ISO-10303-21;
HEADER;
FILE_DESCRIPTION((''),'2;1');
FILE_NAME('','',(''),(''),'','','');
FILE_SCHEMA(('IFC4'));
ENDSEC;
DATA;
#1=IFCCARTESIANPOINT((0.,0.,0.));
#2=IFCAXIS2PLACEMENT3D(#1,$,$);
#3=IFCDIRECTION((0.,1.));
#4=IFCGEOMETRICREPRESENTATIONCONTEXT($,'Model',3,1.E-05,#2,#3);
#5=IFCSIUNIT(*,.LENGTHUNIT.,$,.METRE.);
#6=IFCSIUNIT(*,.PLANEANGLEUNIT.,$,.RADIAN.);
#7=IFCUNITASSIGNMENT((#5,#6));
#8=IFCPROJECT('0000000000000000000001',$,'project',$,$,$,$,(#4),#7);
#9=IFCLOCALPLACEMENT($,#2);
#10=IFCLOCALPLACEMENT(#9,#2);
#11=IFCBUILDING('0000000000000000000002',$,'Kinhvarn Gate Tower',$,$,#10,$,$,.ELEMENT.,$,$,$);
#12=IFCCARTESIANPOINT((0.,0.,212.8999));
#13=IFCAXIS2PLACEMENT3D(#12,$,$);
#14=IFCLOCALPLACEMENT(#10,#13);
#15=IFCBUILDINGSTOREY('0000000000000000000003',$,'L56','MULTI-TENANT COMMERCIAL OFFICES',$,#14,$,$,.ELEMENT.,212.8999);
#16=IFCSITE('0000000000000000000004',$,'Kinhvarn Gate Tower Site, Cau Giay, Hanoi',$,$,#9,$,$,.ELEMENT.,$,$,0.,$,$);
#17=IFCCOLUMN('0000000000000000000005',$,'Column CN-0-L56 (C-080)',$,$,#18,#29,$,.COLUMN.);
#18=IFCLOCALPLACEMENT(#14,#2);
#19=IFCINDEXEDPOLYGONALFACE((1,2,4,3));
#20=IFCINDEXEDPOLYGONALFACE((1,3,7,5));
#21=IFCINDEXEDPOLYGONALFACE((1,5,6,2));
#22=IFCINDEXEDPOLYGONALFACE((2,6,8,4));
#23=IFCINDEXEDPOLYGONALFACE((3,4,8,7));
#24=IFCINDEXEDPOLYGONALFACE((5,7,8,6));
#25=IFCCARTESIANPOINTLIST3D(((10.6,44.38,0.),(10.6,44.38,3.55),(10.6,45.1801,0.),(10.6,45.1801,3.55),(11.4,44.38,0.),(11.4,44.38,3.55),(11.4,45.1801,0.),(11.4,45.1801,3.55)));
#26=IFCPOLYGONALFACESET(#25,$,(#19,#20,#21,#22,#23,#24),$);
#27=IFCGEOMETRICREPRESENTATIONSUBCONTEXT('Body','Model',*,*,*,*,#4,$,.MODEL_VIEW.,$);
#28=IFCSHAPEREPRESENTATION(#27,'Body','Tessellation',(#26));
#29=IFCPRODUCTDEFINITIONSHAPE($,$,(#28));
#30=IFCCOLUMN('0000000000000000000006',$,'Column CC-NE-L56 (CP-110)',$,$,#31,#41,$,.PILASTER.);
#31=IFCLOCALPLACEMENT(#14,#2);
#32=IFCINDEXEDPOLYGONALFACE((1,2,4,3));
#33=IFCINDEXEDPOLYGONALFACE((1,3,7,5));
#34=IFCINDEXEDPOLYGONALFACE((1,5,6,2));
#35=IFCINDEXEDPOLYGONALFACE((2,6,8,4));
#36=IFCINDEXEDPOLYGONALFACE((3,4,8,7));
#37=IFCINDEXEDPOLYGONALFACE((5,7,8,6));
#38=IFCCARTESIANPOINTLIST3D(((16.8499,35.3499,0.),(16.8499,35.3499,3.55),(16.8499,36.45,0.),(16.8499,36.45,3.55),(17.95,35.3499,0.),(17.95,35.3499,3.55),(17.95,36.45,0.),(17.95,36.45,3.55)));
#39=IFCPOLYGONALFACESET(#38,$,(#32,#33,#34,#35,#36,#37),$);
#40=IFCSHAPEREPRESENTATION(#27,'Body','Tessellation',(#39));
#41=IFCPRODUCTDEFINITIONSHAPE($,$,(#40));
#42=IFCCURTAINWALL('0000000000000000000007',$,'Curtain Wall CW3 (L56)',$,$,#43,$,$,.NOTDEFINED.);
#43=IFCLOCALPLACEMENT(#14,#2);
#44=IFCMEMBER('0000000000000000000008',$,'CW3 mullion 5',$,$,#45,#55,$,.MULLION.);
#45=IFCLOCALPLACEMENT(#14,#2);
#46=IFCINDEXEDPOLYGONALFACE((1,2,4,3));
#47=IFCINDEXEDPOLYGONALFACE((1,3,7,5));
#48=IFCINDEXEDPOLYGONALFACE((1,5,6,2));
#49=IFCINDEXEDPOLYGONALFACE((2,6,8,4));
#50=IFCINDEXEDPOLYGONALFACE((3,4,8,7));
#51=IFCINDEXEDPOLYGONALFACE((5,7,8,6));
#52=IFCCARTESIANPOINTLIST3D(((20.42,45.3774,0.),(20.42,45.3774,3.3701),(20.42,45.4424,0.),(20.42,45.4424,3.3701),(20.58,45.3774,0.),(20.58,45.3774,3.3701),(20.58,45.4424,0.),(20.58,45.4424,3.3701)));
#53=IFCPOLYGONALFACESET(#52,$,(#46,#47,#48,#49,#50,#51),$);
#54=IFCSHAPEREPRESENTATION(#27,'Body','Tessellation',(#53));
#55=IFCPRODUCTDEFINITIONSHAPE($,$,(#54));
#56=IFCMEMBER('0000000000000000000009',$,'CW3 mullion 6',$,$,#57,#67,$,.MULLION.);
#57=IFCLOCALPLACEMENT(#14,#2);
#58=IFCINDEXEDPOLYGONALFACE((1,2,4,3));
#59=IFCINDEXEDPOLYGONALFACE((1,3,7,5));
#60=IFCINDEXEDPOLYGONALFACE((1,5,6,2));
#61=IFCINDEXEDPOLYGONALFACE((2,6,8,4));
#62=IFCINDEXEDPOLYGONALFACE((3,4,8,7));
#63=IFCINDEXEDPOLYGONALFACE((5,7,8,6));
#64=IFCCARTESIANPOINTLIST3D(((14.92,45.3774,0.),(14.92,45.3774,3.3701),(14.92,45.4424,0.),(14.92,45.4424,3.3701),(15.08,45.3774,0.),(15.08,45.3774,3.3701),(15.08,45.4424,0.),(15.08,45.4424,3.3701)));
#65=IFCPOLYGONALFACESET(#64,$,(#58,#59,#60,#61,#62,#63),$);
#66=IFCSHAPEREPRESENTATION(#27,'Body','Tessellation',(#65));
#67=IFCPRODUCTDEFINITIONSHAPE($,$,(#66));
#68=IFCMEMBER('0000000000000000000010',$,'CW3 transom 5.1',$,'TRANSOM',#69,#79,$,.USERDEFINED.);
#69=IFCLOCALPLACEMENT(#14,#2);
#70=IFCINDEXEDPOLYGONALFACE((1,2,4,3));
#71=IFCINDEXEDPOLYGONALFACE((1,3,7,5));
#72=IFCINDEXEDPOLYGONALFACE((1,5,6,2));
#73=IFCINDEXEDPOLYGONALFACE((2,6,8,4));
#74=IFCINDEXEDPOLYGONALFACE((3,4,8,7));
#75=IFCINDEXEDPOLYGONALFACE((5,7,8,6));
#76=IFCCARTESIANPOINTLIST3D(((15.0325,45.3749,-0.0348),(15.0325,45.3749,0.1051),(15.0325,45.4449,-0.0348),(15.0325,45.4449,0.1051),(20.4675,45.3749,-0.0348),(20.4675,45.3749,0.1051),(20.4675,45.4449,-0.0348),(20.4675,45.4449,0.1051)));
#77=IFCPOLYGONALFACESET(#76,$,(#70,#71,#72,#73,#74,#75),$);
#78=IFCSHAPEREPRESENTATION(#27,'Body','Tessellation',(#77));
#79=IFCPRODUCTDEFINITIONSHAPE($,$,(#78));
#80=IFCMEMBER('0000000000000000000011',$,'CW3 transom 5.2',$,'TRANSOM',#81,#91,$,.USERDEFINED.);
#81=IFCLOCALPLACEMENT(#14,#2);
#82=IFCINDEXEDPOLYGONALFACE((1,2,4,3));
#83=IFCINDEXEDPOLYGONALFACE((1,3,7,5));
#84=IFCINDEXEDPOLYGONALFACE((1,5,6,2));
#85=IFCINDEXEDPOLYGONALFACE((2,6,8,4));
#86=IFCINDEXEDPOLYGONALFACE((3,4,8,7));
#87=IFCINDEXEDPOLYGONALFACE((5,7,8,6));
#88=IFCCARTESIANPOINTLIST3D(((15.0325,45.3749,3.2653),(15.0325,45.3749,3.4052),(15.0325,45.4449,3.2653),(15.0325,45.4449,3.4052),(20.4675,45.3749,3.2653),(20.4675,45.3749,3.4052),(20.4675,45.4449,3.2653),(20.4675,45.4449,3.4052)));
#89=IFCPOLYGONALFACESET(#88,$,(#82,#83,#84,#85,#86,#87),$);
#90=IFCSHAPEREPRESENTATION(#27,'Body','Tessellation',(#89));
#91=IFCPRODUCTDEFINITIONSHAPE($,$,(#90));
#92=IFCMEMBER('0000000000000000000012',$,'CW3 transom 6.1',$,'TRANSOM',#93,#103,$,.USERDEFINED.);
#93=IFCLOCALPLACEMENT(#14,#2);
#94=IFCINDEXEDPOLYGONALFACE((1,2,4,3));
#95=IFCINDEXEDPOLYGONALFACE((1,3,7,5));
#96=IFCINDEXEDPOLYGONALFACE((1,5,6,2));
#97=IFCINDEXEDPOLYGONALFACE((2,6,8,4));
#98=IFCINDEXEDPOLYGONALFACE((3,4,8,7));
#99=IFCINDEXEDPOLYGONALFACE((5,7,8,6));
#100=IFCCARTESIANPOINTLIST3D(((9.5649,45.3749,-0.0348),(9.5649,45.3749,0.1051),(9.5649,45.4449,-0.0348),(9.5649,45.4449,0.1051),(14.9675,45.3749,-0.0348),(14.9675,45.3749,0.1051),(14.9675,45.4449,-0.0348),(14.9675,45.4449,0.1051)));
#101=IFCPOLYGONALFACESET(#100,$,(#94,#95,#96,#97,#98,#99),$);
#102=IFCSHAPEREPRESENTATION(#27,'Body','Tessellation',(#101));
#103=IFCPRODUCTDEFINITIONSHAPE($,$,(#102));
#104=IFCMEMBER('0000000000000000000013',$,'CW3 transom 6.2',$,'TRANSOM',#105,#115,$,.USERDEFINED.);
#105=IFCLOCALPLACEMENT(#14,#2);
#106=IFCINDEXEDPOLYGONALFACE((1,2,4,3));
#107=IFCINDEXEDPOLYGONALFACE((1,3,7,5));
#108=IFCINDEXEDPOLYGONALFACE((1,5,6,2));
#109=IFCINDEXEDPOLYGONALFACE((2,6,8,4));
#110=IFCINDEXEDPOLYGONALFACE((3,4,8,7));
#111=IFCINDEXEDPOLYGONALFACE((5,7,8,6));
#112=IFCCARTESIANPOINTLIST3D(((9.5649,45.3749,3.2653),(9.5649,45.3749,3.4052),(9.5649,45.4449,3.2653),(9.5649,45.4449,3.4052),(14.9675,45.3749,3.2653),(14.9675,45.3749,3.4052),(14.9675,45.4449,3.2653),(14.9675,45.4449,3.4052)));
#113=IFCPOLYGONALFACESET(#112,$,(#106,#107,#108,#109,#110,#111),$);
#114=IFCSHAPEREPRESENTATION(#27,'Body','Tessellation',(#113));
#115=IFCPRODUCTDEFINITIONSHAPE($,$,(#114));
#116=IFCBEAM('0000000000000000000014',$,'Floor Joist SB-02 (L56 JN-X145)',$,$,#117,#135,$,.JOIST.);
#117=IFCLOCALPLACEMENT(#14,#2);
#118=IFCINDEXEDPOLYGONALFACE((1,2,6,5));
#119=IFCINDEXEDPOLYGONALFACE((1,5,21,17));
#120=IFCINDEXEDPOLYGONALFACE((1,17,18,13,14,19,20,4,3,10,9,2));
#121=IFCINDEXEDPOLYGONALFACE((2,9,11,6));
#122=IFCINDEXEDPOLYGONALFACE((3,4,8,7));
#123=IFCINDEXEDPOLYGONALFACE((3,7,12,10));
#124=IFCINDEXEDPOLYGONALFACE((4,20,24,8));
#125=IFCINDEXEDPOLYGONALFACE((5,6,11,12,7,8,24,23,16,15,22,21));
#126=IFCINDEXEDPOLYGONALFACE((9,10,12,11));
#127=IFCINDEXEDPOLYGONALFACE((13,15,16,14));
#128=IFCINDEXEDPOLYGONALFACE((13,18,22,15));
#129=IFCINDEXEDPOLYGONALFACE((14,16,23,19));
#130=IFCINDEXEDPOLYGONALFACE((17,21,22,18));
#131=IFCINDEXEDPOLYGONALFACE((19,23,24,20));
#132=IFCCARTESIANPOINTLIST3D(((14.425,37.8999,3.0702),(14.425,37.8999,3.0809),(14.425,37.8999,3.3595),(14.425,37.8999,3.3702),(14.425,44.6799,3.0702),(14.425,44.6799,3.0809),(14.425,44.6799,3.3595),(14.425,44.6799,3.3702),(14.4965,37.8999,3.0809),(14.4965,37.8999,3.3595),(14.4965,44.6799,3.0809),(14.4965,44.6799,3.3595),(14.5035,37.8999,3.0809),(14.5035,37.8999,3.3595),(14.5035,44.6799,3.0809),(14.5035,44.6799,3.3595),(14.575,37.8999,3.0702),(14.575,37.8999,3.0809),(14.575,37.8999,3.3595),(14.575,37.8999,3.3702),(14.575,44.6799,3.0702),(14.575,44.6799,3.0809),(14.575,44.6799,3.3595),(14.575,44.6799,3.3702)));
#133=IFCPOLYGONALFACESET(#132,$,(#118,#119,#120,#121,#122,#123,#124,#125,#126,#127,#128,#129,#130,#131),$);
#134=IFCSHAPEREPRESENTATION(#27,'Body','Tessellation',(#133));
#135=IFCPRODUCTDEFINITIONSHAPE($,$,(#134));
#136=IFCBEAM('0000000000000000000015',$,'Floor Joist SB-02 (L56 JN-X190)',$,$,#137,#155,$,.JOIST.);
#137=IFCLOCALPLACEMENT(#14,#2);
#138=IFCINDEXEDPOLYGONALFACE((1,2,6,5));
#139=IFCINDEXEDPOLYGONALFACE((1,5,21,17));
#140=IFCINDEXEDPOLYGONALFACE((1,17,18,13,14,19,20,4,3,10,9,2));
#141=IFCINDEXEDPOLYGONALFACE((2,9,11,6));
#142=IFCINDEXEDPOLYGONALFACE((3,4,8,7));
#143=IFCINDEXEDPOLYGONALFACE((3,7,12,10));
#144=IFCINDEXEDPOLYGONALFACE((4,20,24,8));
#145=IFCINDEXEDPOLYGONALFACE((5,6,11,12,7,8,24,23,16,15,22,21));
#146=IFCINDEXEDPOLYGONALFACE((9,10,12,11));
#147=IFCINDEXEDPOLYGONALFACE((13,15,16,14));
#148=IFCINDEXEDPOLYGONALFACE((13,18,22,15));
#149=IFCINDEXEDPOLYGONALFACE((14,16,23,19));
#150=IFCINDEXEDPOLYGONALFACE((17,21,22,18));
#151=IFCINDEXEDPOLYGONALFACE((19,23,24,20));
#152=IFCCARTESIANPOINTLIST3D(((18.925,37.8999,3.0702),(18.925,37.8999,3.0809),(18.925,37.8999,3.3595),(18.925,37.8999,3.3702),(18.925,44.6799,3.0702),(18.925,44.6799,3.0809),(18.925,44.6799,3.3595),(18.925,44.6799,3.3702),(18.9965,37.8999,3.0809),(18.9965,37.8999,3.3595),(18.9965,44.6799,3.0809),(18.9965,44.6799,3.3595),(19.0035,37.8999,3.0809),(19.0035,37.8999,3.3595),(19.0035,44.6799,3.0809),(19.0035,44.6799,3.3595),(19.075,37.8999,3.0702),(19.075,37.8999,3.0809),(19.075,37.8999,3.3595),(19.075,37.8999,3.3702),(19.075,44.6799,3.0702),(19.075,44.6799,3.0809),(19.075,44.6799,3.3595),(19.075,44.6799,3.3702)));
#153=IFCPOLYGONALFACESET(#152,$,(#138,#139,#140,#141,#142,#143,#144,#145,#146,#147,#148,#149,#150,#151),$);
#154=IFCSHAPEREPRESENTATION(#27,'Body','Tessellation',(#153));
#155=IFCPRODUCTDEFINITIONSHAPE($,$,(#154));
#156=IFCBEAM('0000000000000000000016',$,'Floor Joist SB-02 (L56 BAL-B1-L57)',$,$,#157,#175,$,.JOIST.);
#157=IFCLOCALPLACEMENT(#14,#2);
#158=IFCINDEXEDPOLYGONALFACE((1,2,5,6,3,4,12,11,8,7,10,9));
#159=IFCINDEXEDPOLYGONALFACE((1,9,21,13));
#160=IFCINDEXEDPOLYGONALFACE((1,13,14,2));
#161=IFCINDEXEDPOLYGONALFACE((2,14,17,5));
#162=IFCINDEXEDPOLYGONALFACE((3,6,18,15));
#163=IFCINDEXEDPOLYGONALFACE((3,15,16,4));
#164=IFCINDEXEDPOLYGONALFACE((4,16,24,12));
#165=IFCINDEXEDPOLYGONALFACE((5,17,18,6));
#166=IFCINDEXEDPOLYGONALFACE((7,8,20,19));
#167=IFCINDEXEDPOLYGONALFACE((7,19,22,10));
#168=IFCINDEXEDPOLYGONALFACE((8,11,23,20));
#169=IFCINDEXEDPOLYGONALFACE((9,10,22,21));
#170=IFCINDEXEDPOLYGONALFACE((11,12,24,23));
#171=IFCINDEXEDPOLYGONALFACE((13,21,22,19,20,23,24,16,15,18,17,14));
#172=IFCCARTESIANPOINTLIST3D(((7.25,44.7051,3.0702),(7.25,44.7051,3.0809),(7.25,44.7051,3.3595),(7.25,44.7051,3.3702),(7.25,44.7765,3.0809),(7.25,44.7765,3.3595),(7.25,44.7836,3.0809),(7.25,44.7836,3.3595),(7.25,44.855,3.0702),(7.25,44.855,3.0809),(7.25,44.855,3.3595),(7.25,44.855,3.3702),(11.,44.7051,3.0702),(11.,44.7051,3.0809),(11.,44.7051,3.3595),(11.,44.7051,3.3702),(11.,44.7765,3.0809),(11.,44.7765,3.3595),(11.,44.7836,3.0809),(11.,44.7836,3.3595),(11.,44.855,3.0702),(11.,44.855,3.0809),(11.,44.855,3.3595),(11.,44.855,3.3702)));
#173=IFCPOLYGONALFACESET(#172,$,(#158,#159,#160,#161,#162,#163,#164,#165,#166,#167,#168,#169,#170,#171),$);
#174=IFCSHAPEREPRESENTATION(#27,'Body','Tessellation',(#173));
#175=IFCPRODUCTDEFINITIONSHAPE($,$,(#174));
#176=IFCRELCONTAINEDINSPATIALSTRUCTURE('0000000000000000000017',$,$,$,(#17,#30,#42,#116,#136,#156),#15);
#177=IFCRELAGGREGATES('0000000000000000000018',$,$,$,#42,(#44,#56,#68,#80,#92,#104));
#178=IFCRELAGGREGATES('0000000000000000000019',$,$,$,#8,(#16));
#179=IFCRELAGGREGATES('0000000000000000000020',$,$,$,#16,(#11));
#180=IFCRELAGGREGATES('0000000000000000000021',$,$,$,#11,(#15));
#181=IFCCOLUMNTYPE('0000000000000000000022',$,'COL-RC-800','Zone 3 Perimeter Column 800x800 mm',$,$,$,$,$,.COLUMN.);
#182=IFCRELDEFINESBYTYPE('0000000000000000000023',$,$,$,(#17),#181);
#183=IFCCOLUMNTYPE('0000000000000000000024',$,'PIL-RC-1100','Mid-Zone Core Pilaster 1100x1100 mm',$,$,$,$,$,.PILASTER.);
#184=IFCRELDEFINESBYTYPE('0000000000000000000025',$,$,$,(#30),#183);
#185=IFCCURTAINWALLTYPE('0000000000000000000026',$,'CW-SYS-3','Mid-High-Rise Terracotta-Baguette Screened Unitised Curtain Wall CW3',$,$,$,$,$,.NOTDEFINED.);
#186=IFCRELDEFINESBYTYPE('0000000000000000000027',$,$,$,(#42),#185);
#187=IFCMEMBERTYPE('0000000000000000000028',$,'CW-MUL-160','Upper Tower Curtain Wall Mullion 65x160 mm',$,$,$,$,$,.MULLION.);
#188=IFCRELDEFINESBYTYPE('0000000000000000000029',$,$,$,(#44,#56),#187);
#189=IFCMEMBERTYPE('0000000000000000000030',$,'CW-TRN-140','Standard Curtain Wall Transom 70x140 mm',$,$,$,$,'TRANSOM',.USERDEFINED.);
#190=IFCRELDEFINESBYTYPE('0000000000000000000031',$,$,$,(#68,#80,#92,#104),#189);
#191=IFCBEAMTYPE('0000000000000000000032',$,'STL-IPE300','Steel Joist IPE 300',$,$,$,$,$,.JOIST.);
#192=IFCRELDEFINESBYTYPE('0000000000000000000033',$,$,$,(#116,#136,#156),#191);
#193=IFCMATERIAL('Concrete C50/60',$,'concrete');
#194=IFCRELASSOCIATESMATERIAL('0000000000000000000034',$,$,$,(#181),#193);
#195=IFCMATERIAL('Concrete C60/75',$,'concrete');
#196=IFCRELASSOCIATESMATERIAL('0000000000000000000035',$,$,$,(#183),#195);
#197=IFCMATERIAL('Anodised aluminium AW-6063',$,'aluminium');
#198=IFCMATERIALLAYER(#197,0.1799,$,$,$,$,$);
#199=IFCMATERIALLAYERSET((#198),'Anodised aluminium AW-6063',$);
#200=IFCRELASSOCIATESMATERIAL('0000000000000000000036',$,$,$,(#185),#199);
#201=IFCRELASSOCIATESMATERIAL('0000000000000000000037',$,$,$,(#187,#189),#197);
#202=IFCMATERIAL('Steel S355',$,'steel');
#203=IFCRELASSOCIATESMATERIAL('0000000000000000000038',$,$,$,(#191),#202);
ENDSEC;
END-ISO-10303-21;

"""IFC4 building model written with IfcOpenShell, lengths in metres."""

from ifc_helpers import new_model, si_unit, direction, frame, origin, origin_2d, place, context, subcontext, project, spatial, rectangle, i_section, extrude, material, layer, layer_set, material_profile, profile_set, type_object, element, aggregate, save


model = new_model("IFC4")

# Units and contexts
model_context = context("Model", 3, precision=1e-05, world=origin(), true_north=direction((0.0, 1.0)))
body_context = subcontext(model_context, "Body", "Model", "MODEL_VIEW")
ifc_project = project(units=[si_unit("LENGTHUNIT", "METRE"), si_unit("PLANEANGLEUNIT", "RADIAN")], contexts=[model_context])

# Site, building, storey
site_placement = place(None, origin())
site = spatial("IfcSite", under=ifc_project, at=site_placement, Name="Kinhvarn Gate Tower Site, Cau Giay, Hanoi", CompositionType="ELEMENT", RefElevation=0.0)
building_placement = place(site_placement, origin())
building = spatial("IfcBuilding", under=site, at=building_placement, Name="Kinhvarn Gate Tower", CompositionType="ELEMENT")
storey_placement = place(building_placement, frame((0.0, 0.0, 212.8999)))
storey = spatial("IfcBuildingStorey", under=building, at=storey_placement, Name="L56", Description="MULTI-TENANT COMMERCIAL OFFICES", CompositionType="ELEMENT", Elevation=212.8999)

# Columns
ifc_material_1 = material(Name="Concrete C50/60", Category="concrete")
ifc_material_profile_1 = material_profile(ifc_material_1, rectangle(XDim=0.8, YDim=0.8, at=origin_2d()), Name="RC 800x800")
ifc_profile_set_1 = profile_set([ifc_material_profile_1], Name="Concrete C50/60")
column_type_1 = type_object("IfcColumnType", Name="COL-RC-800", Description="Zone 3 Perimeter Column 800x800 mm", PredefinedType="COLUMN", material=ifc_profile_set_1)
column_1_placement = place(storey_placement, frame((11.0, 44.78, 0.0), z_axis=(0.0, 0.0, 1.0), x_axis=(1.0, 0.0, 0.0)))
element("IfcColumn", 1, at=column_1_placement, inside=storey, type_object=column_type_1, Name="Column CN-0-L56 (C-080)", PredefinedType="COLUMN", context=body_context, shape_type="SweptSolid", body=[
    extrude(rectangle(XDim=0.8, YDim=0.8, at=origin_2d()), origin(), (0.0, 0.0, 1.0), 3.55),
])
ifc_material_2 = material(Name="Concrete C60/75", Category="concrete")
ifc_material_profile_2 = material_profile(ifc_material_2, rectangle(XDim=1.1001, YDim=1.1001, at=origin_2d()), Name="RC 1100x1100")
ifc_profile_set_2 = profile_set([ifc_material_profile_2], Name="Concrete C60/75")
column_type_2 = type_object("IfcColumnType", Name="PIL-RC-1100", Description="Mid-Zone Core Pilaster 1100x1100 mm", PredefinedType="PILASTER", material=ifc_profile_set_2)
column_2_placement = place(storey_placement, frame((17.3999, 35.8999, 0.0), z_axis=(0.0, 0.0, 1.0), x_axis=(1.0, 0.0, 0.0)))
element("IfcColumn", 2, at=column_2_placement, inside=storey, type_object=column_type_2, Name="Column CC-NE-L56 (CP-110)", PredefinedType="PILASTER", context=body_context, shape_type="SweptSolid", body=[
    extrude(rectangle(XDim=1.1001, YDim=1.1001, at=origin_2d()), origin(), (0.0, 0.0, 1.0), 3.55),
])

# Curtain wall, members
ifc_material_3 = material(Name="Anodised aluminium AW-6063", Category="aluminium")
ifc_layer_1 = layer(ifc_material_3, 0.1799)
ifc_layer_set_1 = layer_set([ifc_layer_1], Name="Anodised aluminium AW-6063")
curtain_wall_type = type_object("IfcCurtainWallType", Name="CW-SYS-3", Description="Mid-High-Rise Terracotta-Baguette Screened Unitised Curtain Wall CW3", PredefinedType="NOTDEFINED", material=ifc_layer_set_1)
curtain_wall_placement = place(storey_placement, origin())
curtain_wall = element("IfcCurtainWall", 3, at=curtain_wall_placement, inside=storey, type_object=curtain_wall_type, Name="Curtain Wall CW3 (L56)", PredefinedType="NOTDEFINED")
ifc_material_profile_3 = material_profile(ifc_material_3, rectangle(XDim=0.0649, YDim=0.1599, at=origin_2d()), Name="ALU 65x160")
ifc_profile_set_3 = profile_set([ifc_material_profile_3], Name="Anodised aluminium AW-6063")
member_type_1 = type_object("IfcMemberType", Name="CW-MUL-160", Description="Upper Tower Curtain Wall Mullion 65x160 mm", PredefinedType="MULLION", material=ifc_profile_set_3)
member_1_placement = place(storey_placement, frame((20.5, 45.4099, 0.0), z_axis=(0.0, 0.0, 1.0), x_axis=(0.0, -1.0, 0.0)))
member_1 = element("IfcMember", 4, at=member_1_placement, type_object=member_type_1, Name="CW3 mullion 5", PredefinedType="MULLION", context=body_context, shape_type="SweptSolid", body=[
    extrude(rectangle(XDim=0.0649, YDim=0.1599, at=origin_2d()), origin(), (0.0, 0.0, 1.0), 3.3701),
])
member_2_placement = place(storey_placement, frame((15.0, 45.4099, 0.0), z_axis=(0.0, 0.0, 1.0), x_axis=(0.0, -1.0, 0.0)))
member_2 = element("IfcMember", 5, at=member_2_placement, type_object=member_type_1, Name="CW3 mullion 6", PredefinedType="MULLION", context=body_context, shape_type="SweptSolid", body=[
    extrude(rectangle(XDim=0.0649, YDim=0.1599, at=origin_2d()), origin(), (0.0, 0.0, 1.0), 3.3701),
])
ifc_material_profile_4 = material_profile(ifc_material_3, rectangle(XDim=0.0701, YDim=0.1399, at=origin_2d()), Name="ALU 70x140")
ifc_profile_set_4 = profile_set([ifc_material_profile_4], Name="Anodised aluminium AW-6063")
member_type_2 = type_object("IfcMemberType", Name="CW-TRN-140", Description="Standard Curtain Wall Transom 70x140 mm", ElementType="TRANSOM", PredefinedType="USERDEFINED", material=ifc_profile_set_4)
member_3_placement = place(storey_placement, frame((20.4675, 45.4099, 0.0352), z_axis=(-1.0, 0.0, 0.0), x_axis=(0.0, -1.0, 0.0)))
member_3 = element("IfcMember", 6, at=member_3_placement, type_object=member_type_2, Name="CW3 transom 5.1", ObjectType="TRANSOM", PredefinedType="USERDEFINED", context=body_context, shape_type="SweptSolid", body=[
    extrude(rectangle(XDim=0.0701, YDim=0.1399, at=origin_2d()), origin(), (0.0, 0.0, 1.0), 5.4351),
])
member_4_placement = place(storey_placement, frame((20.4675, 45.4099, 3.3352), z_axis=(-1.0, 0.0, 0.0), x_axis=(0.0, -1.0, 0.0)))
member_4 = element("IfcMember", 7, at=member_4_placement, type_object=member_type_2, Name="CW3 transom 5.2", ObjectType="TRANSOM", PredefinedType="USERDEFINED", context=body_context, shape_type="SweptSolid", body=[
    extrude(rectangle(XDim=0.0701, YDim=0.1399, at=origin_2d()), origin(), (0.0, 0.0, 1.0), 5.4351),
])
member_5_placement = place(storey_placement, frame((14.9675, 45.4099, 0.0352), z_axis=(-1.0, 0.0, 0.0), x_axis=(0.0, -1.0, 0.0)))
member_5 = element("IfcMember", 8, at=member_5_placement, type_object=member_type_2, Name="CW3 transom 6.1", ObjectType="TRANSOM", PredefinedType="USERDEFINED", context=body_context, shape_type="SweptSolid", body=[
    extrude(rectangle(XDim=0.0701, YDim=0.1399, at=origin_2d()), origin(), (0.0, 0.0, 1.0), 5.4026),
])
member_6_placement = place(storey_placement, frame((14.9675, 45.4099, 3.3352), z_axis=(-1.0, 0.0, 0.0), x_axis=(0.0, -1.0, 0.0)))
member_6 = element("IfcMember", 9, at=member_6_placement, type_object=member_type_2, Name="CW3 transom 6.2", ObjectType="TRANSOM", PredefinedType="USERDEFINED", context=body_context, shape_type="SweptSolid", body=[
    extrude(rectangle(XDim=0.0701, YDim=0.1399, at=origin_2d()), origin(), (0.0, 0.0, 1.0), 5.4026),
])

# Beams
ifc_material_4 = material(Name="Steel S355", Category="steel")
ifc_material_profile_5 = material_profile(ifc_material_4, i_section(OverallWidth=0.1499, OverallDepth=0.3, WebThickness=0.0071, FlangeThickness=0.0107, at=origin_2d()), Name="IPE 300")
ifc_profile_set_5 = profile_set([ifc_material_profile_5], Name="Steel S355")
beam_type_1 = type_object("IfcBeamType", Name="STL-IPE300", Description="Steel Joist IPE 300", PredefinedType="JOIST", material=ifc_profile_set_5)
for number, where, z_axis, x_axis, name in (
    (10, (14.5, 37.8999, 3.2202), (0.0, 1.0, 0.0), (-1.0, 0.0, 0.0), "Floor Joist SB-02 (L56 JN-X145)"),
    (11, (19.0, 37.8999, 3.2202), (0.0, 1.0, 0.0), (-1.0, 0.0, 0.0), "Floor Joist SB-02 (L56 JN-X190)"),
):
    element("IfcBeam", number, at=place(storey_placement, frame(where, z_axis=z_axis, x_axis=x_axis)), inside=storey, type_object=beam_type_1, Name=name, PredefinedType="JOIST", context=body_context, shape_type="SweptSolid", body=[
        extrude(i_section(OverallWidth=0.1499, OverallDepth=0.3, WebThickness=0.0071, FlangeThickness=0.0107, at=origin_2d()), origin(), (0.0, 0.0, 1.0), 6.78),
    ])
beam_1_placement = place(storey_placement, frame((11.0, 44.78, 3.2202), z_axis=(-1.0, 0.0, 0.0), x_axis=(0.0, -1.0, 0.0)))
element("IfcBeam", 12, at=beam_1_placement, inside=storey, type_object=beam_type_1, Name="Floor Joist SB-02 (L56 BAL-B1-L57)", PredefinedType="JOIST", context=body_context, shape_type="SweptSolid", body=[
    extrude(i_section(OverallWidth=0.1499, OverallDepth=0.3, WebThickness=0.0071, FlangeThickness=0.0107, at=origin_2d()), origin(), (0.0, 0.0, 1.0), 3.75),
])

aggregate(curtain_wall, [member_1, member_2, member_3, member_4, member_5, member_6])

save(model, "model.ifc")
